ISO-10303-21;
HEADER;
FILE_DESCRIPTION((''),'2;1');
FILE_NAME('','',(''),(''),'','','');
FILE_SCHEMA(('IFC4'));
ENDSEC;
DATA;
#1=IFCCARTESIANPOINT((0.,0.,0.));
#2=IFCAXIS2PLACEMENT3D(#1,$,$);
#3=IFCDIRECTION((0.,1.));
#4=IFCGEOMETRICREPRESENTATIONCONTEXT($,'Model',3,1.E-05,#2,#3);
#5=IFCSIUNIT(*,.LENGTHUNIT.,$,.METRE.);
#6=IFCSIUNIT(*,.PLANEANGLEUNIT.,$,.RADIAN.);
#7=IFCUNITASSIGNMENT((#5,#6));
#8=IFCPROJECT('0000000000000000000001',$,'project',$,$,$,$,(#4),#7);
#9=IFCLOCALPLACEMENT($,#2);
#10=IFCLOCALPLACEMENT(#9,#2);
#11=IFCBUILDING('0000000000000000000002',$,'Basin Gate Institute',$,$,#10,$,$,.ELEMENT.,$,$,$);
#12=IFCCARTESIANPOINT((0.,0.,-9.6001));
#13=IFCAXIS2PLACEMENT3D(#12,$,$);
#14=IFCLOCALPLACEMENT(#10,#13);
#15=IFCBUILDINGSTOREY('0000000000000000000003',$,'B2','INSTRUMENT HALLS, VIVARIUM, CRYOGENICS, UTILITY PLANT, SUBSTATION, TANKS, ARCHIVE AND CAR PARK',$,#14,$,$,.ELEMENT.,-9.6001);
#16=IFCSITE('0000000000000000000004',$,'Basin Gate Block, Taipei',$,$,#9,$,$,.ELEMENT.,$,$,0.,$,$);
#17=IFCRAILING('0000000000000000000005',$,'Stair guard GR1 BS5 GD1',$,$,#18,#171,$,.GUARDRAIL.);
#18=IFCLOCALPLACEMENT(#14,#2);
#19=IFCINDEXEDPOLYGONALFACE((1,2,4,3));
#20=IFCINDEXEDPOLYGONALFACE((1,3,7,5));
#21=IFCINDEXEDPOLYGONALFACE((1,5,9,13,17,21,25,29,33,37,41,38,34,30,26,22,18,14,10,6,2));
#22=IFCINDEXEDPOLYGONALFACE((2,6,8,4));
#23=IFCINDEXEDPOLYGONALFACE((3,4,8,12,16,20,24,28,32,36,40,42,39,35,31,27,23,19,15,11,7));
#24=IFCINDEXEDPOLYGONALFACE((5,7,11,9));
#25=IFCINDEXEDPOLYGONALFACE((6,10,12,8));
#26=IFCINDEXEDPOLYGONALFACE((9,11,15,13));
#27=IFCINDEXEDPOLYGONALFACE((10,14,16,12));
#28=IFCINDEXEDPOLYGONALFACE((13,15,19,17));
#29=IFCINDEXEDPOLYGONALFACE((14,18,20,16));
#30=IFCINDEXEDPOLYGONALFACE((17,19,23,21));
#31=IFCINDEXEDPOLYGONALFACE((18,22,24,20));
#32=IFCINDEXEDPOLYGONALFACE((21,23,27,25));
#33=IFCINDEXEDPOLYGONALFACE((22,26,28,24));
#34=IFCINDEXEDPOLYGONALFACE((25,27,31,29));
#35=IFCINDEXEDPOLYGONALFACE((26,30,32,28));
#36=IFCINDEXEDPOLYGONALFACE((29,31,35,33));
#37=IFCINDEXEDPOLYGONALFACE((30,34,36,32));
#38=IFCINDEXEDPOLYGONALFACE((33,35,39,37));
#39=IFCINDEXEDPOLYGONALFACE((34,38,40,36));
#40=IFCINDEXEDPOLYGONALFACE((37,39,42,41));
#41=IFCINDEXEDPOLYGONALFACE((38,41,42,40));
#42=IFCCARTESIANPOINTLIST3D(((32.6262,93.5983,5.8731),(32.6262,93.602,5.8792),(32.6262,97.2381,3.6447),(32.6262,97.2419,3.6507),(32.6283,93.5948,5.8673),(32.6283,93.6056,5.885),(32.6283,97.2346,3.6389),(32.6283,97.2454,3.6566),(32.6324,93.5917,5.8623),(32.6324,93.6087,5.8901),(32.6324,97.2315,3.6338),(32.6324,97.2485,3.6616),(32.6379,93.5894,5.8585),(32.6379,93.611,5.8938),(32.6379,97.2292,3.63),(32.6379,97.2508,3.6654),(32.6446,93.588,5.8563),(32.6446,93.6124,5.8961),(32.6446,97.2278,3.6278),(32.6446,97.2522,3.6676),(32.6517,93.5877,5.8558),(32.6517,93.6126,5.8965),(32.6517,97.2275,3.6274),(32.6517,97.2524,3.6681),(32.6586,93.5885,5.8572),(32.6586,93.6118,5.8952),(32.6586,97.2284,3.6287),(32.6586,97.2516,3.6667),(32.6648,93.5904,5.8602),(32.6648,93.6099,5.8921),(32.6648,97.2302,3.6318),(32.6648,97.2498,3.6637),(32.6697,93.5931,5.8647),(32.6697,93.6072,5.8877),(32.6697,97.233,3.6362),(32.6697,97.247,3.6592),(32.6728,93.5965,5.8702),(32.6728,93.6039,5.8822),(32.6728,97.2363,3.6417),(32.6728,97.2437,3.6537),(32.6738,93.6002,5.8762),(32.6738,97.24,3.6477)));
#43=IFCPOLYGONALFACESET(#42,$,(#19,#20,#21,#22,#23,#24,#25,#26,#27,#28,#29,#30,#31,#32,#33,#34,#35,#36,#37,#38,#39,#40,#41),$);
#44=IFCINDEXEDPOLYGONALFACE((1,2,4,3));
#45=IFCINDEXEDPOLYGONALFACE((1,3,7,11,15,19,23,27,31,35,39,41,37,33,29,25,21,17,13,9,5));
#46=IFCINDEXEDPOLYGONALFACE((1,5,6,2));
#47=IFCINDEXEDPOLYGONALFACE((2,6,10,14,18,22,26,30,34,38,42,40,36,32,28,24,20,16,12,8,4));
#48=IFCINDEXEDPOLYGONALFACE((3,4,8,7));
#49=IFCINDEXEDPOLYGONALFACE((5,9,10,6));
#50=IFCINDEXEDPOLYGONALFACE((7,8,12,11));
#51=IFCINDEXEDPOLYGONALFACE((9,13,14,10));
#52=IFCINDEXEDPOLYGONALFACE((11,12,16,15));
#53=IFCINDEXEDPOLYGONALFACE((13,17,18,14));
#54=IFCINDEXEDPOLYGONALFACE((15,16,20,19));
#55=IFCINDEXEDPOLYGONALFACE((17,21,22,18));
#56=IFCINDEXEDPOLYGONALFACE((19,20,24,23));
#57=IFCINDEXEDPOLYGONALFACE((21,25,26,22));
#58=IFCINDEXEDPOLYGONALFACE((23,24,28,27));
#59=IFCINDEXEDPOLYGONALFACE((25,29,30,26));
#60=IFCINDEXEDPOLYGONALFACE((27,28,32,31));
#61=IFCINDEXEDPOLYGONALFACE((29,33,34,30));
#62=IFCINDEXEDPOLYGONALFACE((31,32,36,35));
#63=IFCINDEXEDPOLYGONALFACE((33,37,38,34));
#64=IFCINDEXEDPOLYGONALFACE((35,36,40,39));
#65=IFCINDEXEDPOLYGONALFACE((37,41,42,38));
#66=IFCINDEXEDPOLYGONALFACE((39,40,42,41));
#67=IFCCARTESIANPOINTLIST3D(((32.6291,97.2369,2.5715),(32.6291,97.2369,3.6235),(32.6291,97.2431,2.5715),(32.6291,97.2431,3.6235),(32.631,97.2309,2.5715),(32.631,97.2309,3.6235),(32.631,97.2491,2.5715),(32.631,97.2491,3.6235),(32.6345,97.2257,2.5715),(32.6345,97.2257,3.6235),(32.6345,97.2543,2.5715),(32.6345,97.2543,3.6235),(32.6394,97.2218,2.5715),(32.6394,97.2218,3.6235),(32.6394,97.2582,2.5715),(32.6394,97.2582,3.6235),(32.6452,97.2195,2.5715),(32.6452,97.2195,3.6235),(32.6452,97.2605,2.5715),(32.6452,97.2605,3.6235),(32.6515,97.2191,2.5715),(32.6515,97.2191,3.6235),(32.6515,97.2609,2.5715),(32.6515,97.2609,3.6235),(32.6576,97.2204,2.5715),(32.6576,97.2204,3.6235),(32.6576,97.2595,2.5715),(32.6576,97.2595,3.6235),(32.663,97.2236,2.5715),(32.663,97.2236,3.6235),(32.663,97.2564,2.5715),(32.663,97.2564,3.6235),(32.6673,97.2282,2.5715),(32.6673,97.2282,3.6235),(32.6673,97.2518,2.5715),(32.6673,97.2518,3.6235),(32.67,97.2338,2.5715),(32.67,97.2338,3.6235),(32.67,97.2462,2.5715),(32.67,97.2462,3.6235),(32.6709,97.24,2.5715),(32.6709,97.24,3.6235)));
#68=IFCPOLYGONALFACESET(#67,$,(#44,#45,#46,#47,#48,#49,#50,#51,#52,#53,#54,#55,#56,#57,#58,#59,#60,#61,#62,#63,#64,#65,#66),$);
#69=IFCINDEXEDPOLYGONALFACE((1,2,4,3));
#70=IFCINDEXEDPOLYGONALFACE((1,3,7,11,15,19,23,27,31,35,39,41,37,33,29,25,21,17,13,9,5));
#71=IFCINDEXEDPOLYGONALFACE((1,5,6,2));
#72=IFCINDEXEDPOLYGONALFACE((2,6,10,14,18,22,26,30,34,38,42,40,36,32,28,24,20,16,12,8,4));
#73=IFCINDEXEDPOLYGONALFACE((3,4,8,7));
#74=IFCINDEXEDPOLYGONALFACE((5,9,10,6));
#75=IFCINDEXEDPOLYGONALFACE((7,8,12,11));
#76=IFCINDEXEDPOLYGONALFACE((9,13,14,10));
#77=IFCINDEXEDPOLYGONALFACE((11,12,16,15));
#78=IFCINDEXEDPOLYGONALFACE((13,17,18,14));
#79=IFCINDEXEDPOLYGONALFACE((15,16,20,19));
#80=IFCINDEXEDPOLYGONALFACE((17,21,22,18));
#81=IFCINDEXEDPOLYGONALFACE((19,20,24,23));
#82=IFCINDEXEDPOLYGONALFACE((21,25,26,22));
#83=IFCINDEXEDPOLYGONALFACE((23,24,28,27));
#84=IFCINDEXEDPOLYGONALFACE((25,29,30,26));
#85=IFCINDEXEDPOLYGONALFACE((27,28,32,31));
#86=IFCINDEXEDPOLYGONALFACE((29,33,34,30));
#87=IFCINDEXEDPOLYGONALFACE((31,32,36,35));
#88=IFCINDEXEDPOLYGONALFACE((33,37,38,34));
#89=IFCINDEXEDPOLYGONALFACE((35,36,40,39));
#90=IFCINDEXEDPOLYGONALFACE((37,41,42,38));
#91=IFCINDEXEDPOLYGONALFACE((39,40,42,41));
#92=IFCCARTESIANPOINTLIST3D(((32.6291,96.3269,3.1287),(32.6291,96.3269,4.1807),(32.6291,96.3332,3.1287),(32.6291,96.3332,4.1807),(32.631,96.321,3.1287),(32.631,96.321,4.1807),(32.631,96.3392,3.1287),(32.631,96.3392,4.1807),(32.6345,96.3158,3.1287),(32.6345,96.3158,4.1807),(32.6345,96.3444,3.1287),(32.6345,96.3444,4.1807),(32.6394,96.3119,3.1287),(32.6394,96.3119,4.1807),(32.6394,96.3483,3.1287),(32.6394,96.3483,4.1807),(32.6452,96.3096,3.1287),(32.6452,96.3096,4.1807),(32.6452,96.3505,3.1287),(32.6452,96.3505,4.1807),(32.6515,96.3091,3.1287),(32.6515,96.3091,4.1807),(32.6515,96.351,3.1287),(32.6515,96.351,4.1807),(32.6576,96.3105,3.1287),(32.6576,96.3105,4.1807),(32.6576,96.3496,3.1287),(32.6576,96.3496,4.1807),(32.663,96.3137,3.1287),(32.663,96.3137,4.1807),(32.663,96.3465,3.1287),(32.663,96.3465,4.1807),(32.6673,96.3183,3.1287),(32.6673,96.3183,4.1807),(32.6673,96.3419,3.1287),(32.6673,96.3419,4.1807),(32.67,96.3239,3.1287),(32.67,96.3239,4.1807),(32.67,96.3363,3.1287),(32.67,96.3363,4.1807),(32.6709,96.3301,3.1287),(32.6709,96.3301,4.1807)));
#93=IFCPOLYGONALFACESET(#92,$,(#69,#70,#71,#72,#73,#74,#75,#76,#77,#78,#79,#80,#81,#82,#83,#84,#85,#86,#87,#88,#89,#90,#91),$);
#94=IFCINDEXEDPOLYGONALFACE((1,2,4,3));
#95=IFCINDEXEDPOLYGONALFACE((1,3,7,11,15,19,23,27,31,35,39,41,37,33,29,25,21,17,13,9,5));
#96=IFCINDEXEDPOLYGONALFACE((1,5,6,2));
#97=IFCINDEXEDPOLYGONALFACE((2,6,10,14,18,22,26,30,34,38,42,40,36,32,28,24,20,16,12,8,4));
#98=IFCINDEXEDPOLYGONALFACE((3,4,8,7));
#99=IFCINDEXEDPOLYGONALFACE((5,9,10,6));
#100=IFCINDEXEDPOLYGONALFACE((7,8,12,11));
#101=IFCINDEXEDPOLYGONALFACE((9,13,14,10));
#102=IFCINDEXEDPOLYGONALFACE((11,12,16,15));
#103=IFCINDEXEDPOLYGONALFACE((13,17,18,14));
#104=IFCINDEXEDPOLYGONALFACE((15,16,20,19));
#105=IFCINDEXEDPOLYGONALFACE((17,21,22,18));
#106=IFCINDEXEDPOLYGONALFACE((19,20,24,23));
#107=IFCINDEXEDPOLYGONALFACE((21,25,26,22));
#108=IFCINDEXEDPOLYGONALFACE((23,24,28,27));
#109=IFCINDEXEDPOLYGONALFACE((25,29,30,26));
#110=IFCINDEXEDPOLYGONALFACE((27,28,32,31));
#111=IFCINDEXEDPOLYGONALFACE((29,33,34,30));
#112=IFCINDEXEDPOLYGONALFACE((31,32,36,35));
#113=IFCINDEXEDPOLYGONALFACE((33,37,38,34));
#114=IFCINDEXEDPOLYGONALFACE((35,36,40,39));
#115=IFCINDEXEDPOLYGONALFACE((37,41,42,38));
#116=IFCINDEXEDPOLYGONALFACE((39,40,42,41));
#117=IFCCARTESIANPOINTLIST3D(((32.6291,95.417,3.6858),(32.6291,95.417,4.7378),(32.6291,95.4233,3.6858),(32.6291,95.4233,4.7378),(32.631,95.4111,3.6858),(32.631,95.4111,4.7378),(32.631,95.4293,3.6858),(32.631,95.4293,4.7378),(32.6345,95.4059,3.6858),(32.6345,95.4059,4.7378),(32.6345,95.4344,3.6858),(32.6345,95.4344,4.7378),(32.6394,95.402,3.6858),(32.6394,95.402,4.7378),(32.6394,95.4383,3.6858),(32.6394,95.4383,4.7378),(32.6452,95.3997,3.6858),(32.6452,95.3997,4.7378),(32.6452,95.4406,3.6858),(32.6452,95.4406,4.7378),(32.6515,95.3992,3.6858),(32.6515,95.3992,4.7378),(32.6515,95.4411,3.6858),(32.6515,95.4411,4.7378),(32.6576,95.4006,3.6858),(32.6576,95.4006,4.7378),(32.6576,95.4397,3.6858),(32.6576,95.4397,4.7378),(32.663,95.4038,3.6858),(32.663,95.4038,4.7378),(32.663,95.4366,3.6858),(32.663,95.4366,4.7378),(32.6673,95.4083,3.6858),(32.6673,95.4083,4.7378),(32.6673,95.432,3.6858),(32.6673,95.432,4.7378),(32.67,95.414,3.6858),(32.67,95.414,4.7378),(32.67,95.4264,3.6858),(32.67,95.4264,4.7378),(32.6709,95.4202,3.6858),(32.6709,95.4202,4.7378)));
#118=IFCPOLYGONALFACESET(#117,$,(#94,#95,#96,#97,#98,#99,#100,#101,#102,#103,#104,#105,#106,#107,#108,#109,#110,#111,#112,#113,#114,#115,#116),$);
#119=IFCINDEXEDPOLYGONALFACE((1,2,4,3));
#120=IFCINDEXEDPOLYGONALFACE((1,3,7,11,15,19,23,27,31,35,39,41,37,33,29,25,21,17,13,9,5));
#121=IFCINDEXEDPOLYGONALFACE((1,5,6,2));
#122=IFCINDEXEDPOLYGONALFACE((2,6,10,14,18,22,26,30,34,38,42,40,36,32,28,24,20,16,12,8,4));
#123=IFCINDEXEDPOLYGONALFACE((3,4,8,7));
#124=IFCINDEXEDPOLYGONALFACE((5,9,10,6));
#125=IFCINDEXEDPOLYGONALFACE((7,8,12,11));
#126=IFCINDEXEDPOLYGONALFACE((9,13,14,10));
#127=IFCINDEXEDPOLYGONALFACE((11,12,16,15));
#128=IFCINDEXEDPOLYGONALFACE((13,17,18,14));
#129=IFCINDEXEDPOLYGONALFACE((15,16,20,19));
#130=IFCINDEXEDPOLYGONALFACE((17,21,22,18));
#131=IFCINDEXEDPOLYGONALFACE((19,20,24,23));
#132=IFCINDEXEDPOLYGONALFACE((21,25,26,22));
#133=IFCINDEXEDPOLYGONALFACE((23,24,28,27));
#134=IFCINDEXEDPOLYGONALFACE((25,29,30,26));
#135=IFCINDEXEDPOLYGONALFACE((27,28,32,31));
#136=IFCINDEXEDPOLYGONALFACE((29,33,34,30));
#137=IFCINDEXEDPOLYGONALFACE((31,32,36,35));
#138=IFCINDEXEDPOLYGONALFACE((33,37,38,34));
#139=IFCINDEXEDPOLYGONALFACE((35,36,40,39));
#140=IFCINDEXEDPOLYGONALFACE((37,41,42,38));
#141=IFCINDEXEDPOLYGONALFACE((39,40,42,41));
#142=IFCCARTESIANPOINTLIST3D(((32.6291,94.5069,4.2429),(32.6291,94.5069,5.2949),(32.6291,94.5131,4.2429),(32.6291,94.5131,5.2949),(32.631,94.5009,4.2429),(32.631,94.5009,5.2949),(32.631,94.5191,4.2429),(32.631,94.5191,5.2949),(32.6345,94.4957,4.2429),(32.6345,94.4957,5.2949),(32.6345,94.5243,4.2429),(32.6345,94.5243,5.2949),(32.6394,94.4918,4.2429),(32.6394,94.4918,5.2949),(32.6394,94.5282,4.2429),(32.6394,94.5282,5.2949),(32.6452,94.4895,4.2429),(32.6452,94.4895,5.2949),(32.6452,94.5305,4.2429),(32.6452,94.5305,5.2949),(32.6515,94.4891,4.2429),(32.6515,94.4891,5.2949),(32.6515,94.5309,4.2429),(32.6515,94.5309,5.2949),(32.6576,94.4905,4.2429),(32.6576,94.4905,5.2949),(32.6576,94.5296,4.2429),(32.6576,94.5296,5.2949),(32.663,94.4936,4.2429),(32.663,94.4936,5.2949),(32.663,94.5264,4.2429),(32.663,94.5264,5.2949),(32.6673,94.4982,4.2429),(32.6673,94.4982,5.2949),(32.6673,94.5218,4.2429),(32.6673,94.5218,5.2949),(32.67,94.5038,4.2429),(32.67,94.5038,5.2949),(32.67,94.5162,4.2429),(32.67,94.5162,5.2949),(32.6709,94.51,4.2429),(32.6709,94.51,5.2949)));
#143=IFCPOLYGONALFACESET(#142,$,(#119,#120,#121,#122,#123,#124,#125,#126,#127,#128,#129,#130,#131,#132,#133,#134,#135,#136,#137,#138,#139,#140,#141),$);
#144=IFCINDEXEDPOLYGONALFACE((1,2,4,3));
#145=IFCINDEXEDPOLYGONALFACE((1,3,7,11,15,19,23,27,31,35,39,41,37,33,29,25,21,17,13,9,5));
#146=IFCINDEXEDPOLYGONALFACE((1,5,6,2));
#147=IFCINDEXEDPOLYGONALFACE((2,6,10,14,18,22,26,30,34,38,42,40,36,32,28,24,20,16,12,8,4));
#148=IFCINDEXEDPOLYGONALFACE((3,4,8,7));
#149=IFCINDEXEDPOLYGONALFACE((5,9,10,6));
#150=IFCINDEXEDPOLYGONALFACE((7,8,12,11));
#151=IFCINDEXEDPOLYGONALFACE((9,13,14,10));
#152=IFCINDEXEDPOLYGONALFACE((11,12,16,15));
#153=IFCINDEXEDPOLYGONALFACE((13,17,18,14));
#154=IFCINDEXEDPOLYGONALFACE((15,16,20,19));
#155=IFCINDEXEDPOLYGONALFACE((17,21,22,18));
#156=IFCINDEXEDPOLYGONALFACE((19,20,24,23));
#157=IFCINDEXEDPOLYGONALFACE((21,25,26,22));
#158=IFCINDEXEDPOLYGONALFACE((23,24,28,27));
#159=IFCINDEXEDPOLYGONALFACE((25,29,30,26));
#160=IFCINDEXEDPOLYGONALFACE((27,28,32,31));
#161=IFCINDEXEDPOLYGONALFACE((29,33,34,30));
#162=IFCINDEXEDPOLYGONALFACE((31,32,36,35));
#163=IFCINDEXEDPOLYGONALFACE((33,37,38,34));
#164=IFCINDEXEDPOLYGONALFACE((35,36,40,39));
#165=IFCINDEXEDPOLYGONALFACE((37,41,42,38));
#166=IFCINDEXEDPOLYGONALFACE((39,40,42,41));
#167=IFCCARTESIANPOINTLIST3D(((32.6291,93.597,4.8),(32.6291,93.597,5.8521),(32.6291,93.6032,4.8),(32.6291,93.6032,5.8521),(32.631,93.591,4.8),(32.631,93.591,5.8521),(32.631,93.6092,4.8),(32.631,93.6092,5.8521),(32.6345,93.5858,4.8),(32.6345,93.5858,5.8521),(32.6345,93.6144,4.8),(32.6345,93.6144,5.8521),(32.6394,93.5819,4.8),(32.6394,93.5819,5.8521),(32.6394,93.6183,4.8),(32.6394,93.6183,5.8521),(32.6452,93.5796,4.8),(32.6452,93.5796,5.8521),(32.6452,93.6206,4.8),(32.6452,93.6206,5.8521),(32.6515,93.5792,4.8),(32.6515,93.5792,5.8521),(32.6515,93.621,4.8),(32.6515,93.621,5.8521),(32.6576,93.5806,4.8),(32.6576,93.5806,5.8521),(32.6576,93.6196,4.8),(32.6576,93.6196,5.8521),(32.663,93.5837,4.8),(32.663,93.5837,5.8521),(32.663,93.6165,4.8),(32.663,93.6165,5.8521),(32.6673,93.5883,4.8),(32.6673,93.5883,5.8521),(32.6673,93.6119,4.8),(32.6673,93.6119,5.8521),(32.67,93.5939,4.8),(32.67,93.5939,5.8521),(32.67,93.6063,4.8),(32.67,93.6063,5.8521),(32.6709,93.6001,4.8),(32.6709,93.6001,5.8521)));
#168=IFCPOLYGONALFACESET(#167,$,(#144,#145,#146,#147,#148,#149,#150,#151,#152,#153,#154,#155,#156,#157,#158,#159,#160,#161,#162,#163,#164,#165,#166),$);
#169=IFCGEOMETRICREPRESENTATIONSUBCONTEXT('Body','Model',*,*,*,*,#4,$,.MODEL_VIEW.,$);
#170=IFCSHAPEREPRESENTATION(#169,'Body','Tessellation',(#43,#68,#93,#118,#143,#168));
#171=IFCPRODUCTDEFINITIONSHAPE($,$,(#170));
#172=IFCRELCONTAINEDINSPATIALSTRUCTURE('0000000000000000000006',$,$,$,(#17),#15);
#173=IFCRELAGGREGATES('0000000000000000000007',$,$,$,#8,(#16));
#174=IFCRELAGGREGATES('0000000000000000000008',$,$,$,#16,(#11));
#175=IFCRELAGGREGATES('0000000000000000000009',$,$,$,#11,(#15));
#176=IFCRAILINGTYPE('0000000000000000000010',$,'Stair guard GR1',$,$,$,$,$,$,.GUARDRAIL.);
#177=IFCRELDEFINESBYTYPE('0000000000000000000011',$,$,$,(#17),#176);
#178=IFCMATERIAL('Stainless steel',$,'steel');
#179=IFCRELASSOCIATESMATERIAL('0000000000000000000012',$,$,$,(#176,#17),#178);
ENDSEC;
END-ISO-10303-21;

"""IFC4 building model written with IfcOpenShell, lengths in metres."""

from ifc_helpers import new_model, si_unit, direction, frame, origin, origin_2d, place, context, subcontext, project, spatial, circle, extrude, material, type_object, element, save


model = new_model("IFC4")

# Units and contexts
model_context = context("Model", 3, precision=1e-05, world=origin(), true_north=direction((0.0, 1.0)))
body_context = subcontext(model_context, "Body", "Model", "MODEL_VIEW")
ifc_project = project(units=[si_unit("LENGTHUNIT", "METRE"), si_unit("PLANEANGLEUNIT", "RADIAN")], contexts=[model_context])

# Site, building, storey
site_placement = place(None, origin())
site = spatial("IfcSite", under=ifc_project, at=site_placement, Name="Basin Gate Block, Taipei", CompositionType="ELEMENT", RefElevation=0.0)
building_placement = place(site_placement, origin())
building = spatial("IfcBuilding", under=site, at=building_placement, Name="Basin Gate Institute", CompositionType="ELEMENT")
storey_placement = place(building_placement, frame((0.0, 0.0, -9.6001)))
storey = spatial("IfcBuildingStorey", under=building, at=storey_placement, Name="B2", Description="INSTRUMENT HALLS, VIVARIUM, CRYOGENICS, UTILITY PLANT, SUBSTATION, TANKS, ARCHIVE AND CAR PARK", CompositionType="ELEMENT", Elevation=-9.6001)

# Railing
ifc_material_1 = material(Name="Stainless steel", Category="steel")
railing_type_1 = type_object("IfcRailingType", Name="Stair guard GR1", PredefinedType="GUARDRAIL", material=ifc_material_1)
railing_1_placement = place(storey_placement, frame((32.6499, 97.24, 2.5715)))
element("IfcRailing", 1, at=railing_1_placement, inside=storey, type_object=railing_type_1, material=ifc_material_1, Name="Stair guard GR1 BS5 GD1", PredefinedType="GUARDRAIL", context=body_context, shape_type="SweptSolid", body=[
    extrude(circle(Radius=0.0239, at=origin_2d()), frame((0.0, 0.0, 1.0762), z_axis=(0.0, -0.85285, 0.522156), x_axis=(1.0, 0.0, 0.0)), (0.0, 0.0, 1.0), 4.2678),
    extrude(circle(Radius=0.021, at=origin_2d()), origin(), (0.0, 0.0, 1.0), 1.052),
    extrude(circle(Radius=0.021, at=origin_2d()), frame((0.0, -0.9099, 0.5571)), (0.0, 0.0, 1.0), 1.052),
    extrude(circle(Radius=0.021, at=origin_2d()), frame((0.0, -1.8198, 1.1143)), (0.0, 0.0, 1.0), 1.052),
    extrude(circle(Radius=0.021, at=origin_2d()), frame((0.0, -2.73, 1.6714)), (0.0, 0.0, 1.0), 1.052),
    extrude(circle(Radius=0.021, at=origin_2d()), frame((0.0, -3.6399, 2.2285)), (0.0, 0.0, 1.0), 1.052),
])

save(model, "model.ifc")
